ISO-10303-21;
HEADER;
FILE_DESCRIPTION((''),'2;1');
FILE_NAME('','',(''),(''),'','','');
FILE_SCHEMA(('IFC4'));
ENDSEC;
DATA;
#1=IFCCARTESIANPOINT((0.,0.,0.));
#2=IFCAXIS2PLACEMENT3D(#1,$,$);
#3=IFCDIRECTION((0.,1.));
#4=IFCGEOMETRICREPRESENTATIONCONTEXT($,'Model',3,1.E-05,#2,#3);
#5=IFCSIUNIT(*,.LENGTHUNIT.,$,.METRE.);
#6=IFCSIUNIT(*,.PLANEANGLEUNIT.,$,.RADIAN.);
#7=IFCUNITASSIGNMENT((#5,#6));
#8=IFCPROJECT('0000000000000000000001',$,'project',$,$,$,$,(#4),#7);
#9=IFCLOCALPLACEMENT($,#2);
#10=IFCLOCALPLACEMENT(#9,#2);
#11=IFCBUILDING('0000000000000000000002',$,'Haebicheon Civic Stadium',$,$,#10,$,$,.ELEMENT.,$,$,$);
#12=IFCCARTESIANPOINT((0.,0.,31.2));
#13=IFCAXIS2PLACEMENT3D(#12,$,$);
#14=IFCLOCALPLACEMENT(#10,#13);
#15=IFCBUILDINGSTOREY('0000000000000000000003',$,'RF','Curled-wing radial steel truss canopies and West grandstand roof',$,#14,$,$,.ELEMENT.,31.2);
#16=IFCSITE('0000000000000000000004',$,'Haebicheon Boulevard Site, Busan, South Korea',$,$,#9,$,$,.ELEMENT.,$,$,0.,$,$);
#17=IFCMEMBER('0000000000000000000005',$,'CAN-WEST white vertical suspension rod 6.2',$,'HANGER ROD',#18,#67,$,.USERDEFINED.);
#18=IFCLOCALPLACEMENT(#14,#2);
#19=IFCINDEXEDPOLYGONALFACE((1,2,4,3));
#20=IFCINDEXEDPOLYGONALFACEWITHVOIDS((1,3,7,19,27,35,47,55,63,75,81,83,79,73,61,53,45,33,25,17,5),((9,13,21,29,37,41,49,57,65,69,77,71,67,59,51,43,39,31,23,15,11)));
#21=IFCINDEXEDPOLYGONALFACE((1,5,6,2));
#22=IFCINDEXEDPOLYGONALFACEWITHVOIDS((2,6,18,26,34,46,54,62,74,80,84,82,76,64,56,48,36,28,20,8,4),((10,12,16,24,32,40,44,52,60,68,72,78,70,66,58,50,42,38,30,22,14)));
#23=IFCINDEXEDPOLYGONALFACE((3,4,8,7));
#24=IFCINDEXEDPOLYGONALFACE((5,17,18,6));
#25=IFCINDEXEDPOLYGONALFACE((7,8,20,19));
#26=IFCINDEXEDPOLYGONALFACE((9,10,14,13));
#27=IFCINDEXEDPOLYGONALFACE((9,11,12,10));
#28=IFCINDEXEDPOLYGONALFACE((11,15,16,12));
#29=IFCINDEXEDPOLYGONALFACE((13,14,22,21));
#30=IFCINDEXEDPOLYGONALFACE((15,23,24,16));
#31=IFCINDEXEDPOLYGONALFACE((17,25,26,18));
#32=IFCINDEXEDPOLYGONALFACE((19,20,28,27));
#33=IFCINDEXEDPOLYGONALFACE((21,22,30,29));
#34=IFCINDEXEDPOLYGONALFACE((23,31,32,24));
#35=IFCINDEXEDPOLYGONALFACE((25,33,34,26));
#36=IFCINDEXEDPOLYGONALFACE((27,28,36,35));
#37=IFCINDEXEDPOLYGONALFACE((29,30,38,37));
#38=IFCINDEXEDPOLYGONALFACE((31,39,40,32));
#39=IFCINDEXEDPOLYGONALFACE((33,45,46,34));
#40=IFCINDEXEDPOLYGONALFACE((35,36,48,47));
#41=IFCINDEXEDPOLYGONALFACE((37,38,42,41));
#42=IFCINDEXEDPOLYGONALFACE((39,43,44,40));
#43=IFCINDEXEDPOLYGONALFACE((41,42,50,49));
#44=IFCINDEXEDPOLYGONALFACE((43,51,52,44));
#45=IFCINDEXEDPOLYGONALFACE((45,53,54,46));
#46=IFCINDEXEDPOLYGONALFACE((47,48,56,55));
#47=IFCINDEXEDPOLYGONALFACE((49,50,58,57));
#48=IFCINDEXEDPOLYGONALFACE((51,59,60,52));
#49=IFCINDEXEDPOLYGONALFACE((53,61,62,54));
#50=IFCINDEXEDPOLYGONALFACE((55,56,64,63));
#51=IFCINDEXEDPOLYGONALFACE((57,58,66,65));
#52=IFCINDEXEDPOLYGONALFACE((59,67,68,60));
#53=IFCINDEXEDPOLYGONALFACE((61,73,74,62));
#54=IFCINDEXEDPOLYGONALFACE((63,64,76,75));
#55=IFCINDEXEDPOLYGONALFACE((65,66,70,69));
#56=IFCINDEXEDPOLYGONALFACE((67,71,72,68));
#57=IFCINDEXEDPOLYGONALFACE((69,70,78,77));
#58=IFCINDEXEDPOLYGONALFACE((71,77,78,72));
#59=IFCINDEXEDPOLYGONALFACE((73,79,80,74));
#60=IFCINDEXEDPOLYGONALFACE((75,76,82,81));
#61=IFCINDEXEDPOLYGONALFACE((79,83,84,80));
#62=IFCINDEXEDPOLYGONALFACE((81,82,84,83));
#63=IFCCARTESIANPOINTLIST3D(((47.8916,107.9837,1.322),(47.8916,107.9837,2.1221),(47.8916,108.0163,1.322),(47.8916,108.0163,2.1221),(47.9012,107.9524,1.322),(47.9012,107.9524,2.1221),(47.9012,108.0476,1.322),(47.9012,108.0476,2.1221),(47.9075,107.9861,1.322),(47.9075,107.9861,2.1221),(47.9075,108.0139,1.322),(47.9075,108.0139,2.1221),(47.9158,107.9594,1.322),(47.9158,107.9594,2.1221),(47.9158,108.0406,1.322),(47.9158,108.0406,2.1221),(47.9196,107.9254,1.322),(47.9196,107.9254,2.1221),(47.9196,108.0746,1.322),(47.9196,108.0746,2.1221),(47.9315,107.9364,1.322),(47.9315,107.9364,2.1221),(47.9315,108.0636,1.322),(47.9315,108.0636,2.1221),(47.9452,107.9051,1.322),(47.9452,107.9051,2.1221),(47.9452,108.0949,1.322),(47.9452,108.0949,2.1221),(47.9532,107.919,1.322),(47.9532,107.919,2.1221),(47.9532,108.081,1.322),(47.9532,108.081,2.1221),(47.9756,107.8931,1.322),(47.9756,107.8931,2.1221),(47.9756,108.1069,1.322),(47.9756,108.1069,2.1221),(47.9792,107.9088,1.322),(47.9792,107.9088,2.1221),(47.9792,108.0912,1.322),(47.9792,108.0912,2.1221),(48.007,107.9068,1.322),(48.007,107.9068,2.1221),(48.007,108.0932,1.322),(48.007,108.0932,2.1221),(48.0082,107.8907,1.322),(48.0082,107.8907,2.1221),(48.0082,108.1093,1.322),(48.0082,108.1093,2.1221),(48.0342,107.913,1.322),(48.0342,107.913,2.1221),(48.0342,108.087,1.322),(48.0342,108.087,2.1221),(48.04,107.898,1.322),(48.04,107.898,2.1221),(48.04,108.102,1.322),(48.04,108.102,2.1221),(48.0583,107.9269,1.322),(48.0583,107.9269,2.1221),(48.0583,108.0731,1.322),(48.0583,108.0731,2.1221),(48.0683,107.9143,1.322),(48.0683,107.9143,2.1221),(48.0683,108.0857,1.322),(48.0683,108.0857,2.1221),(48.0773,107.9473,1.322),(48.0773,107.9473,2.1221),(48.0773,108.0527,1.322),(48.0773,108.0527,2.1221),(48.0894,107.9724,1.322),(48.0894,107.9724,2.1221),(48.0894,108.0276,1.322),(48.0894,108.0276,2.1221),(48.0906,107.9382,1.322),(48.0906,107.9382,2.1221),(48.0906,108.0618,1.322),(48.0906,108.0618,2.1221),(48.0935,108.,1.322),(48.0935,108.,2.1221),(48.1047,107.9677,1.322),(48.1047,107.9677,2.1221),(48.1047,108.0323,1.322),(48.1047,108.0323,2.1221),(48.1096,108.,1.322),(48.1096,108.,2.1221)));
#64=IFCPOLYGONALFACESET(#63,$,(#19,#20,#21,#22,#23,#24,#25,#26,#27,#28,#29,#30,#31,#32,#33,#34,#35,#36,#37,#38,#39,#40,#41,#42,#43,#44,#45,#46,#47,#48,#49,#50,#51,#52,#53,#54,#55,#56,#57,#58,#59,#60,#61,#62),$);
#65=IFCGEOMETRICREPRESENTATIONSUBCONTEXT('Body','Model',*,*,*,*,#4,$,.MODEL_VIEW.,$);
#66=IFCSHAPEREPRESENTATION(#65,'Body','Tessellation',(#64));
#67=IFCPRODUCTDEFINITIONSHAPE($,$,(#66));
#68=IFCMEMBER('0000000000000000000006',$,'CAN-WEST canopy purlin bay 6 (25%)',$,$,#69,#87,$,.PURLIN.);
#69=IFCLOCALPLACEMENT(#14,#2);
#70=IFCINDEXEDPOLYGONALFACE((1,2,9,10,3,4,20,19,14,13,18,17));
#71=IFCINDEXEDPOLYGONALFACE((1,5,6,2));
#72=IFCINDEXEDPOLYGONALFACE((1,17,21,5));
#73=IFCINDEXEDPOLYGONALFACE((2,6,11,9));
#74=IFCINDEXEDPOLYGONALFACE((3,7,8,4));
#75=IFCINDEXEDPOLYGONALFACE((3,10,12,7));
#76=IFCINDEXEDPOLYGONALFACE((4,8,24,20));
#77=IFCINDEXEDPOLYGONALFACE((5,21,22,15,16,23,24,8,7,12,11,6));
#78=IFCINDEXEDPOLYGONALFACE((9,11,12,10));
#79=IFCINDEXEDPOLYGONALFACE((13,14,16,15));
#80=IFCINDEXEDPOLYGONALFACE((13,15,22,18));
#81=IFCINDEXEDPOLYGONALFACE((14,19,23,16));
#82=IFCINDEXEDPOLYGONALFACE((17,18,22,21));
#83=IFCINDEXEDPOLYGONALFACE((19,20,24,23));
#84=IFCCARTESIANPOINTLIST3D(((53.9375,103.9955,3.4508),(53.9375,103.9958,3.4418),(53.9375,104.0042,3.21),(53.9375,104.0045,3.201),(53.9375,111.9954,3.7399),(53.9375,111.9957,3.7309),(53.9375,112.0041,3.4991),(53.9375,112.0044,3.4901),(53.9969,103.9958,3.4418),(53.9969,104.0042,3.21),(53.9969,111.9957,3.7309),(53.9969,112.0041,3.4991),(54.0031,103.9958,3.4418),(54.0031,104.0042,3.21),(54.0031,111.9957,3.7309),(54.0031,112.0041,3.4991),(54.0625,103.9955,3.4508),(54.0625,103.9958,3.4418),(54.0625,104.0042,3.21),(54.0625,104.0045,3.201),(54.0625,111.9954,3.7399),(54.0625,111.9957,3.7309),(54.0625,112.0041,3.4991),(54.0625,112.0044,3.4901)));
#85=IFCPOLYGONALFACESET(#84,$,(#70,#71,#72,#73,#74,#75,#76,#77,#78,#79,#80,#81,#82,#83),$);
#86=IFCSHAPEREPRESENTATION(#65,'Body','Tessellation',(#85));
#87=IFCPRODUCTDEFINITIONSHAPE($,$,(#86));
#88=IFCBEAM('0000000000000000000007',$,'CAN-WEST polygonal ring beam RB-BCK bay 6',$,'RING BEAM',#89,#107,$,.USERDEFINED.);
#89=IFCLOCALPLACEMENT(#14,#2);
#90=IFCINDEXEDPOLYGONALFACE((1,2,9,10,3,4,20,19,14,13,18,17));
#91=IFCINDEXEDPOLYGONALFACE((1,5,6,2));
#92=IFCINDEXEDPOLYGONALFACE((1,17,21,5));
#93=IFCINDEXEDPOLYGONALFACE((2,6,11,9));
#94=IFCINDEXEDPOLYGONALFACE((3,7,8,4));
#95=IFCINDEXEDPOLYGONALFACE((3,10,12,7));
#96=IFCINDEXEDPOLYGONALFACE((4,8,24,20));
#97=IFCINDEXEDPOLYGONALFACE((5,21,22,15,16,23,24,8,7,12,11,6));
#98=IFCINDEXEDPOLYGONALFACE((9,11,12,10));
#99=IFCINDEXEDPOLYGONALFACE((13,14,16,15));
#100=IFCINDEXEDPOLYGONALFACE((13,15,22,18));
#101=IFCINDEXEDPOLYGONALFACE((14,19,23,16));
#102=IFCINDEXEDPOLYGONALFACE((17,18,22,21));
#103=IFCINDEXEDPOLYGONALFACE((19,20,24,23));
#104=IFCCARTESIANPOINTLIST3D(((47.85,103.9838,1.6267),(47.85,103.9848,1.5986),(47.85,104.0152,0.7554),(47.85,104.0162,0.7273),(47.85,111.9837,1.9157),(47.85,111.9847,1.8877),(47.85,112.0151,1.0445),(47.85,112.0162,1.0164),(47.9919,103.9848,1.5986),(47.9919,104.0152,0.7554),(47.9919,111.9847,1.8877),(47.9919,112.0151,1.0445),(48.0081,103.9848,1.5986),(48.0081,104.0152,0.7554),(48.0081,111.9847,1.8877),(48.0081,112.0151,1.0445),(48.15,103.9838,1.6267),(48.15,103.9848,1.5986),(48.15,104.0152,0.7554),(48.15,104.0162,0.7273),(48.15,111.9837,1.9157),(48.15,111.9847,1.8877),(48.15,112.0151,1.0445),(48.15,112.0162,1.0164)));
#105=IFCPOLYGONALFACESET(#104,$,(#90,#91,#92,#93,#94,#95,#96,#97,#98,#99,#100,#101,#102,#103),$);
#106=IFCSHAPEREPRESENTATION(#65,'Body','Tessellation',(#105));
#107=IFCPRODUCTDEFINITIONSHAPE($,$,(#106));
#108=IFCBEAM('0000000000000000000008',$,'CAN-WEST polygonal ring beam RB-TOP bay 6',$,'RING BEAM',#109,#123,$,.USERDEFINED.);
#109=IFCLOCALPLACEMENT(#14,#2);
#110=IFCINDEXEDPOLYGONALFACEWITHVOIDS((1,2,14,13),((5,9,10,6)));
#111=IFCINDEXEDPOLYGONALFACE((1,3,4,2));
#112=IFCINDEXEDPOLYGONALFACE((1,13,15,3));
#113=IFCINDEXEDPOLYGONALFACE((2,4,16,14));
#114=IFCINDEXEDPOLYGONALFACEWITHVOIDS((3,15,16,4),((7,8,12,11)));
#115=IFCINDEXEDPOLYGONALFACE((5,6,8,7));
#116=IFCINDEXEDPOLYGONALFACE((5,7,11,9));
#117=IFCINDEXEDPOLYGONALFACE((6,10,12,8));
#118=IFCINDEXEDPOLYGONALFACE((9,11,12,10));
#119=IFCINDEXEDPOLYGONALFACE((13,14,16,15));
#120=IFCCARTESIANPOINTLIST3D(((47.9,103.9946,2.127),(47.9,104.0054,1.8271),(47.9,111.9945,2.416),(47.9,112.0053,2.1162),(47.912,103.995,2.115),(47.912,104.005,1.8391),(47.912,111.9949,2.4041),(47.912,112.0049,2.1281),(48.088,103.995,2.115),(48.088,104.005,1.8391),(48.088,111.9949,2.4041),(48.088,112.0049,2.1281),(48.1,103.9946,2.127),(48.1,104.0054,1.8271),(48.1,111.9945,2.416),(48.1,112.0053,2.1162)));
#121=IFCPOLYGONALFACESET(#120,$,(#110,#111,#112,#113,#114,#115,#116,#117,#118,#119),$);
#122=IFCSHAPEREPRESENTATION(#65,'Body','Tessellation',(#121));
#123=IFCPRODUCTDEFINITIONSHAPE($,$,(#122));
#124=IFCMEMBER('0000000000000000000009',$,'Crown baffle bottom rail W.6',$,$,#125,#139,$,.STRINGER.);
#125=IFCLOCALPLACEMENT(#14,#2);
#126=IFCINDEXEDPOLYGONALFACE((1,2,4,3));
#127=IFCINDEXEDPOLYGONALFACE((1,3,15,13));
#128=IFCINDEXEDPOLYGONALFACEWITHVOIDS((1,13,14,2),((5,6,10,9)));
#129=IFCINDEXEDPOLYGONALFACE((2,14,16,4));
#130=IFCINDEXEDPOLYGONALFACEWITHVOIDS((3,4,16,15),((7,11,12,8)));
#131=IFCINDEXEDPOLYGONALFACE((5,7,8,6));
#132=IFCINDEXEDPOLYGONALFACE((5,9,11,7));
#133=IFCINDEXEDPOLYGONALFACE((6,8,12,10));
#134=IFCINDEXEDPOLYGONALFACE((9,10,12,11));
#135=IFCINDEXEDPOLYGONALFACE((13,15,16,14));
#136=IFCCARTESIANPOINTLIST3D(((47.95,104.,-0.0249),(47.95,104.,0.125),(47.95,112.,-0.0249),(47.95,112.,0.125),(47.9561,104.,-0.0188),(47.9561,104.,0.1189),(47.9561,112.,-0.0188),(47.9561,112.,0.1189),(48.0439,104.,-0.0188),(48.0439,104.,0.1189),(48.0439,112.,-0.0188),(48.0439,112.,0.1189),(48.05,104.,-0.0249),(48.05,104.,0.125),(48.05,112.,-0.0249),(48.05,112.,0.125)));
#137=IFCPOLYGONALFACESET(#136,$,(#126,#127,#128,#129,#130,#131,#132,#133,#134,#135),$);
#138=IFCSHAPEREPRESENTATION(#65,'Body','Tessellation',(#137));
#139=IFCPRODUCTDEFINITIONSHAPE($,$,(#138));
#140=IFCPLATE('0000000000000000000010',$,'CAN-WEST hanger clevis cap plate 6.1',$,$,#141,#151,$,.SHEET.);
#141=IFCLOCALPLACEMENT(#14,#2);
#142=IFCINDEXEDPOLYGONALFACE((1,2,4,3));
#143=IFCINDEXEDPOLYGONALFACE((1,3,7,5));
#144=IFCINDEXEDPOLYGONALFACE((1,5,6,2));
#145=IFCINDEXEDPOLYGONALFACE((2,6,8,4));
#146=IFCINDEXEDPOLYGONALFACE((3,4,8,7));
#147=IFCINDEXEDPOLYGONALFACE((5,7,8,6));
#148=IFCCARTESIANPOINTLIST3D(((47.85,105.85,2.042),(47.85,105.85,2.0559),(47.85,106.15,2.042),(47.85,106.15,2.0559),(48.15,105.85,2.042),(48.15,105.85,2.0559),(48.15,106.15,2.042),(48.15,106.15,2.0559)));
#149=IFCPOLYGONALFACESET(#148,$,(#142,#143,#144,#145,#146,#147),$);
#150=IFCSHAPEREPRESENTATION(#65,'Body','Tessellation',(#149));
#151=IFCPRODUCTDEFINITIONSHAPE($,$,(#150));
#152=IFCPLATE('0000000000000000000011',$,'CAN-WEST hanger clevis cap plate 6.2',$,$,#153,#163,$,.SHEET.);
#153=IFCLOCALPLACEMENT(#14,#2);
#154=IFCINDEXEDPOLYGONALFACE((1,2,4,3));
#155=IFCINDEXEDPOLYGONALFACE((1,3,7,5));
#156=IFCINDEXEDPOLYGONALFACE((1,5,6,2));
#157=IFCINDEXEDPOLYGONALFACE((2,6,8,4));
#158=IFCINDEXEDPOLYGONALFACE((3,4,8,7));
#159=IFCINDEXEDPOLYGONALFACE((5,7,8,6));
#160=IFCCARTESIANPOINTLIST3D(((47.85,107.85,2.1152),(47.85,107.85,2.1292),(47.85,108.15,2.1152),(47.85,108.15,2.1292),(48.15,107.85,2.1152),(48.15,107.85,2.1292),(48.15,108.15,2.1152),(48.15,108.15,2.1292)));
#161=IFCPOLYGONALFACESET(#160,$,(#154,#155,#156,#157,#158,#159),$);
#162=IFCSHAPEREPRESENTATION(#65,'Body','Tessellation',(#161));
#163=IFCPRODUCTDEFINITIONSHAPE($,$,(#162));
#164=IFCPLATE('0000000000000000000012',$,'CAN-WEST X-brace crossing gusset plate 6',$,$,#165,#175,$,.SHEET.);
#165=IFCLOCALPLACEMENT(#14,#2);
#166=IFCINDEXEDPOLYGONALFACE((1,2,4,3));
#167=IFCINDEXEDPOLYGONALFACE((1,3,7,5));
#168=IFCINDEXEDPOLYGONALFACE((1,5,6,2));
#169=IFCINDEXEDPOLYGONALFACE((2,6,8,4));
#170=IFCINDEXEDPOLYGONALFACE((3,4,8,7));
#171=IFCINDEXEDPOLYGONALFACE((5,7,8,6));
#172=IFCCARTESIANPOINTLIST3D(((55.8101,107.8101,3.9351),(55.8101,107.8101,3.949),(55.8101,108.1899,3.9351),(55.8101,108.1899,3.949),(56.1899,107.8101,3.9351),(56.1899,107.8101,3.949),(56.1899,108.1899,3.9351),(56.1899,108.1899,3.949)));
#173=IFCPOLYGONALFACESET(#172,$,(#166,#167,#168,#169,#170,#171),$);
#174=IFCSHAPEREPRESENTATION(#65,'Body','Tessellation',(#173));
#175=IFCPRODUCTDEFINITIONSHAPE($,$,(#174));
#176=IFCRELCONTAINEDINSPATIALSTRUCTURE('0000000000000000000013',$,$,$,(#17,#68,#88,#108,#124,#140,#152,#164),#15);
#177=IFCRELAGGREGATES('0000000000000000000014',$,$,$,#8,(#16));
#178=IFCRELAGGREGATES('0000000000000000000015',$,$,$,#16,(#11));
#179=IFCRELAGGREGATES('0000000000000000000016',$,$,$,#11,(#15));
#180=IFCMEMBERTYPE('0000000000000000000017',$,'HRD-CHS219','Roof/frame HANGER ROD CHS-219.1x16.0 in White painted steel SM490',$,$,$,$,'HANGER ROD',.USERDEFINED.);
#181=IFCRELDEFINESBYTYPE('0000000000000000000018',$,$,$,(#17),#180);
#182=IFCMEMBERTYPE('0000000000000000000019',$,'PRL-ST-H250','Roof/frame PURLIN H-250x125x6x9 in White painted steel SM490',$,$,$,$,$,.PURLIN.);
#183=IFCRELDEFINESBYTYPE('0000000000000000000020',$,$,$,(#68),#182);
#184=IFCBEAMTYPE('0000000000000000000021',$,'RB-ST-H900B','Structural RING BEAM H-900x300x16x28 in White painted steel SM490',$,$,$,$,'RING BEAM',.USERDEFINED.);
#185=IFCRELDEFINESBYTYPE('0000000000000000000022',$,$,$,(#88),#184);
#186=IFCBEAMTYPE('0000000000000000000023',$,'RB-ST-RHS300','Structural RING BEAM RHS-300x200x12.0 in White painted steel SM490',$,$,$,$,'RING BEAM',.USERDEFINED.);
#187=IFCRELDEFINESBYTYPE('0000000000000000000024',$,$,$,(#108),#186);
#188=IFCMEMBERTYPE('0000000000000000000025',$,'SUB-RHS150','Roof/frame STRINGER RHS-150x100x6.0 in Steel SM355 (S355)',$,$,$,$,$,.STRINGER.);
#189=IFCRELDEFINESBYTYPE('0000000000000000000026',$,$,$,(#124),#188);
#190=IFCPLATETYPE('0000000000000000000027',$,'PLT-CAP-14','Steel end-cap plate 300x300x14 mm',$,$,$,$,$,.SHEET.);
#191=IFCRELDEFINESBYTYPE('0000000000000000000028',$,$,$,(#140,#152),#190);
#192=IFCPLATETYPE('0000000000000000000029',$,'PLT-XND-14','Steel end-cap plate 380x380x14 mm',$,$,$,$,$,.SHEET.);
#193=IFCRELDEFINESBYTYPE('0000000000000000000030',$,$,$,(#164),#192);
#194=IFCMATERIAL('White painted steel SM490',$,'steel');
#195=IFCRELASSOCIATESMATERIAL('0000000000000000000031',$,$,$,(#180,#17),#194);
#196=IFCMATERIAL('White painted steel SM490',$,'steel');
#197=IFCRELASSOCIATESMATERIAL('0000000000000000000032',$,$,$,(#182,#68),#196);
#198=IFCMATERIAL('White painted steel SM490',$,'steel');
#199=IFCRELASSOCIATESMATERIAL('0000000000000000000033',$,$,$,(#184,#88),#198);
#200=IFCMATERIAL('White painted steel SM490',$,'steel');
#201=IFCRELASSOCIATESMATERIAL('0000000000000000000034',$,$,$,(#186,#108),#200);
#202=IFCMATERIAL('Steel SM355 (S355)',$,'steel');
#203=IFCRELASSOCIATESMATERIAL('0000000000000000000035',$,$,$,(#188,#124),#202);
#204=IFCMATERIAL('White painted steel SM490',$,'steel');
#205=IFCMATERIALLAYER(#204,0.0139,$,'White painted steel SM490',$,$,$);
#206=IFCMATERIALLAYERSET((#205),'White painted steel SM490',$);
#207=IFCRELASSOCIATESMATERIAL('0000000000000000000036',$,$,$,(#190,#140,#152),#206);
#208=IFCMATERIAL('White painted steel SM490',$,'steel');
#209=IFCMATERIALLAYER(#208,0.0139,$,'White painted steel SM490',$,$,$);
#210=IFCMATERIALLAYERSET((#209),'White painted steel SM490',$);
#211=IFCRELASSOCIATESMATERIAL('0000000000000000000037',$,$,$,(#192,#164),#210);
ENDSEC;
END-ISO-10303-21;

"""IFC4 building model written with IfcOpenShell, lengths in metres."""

from ifc_helpers import new_model, si_unit, direction, frame, origin, origin_2d, place, context, subcontext, project, spatial, rectangle, hollow_rectangle, hollow_circle, i_section, extrude, material, layer, layer_set, material_profile, profile_set, type_object, element, save


model = new_model("IFC4")

# Units and contexts
model_context = context("Model", 3, precision=1e-05, world=origin(), true_north=direction((0.0, 1.0)))
body_context = subcontext(model_context, "Body", "Model", "MODEL_VIEW")
ifc_project = project(units=[si_unit("LENGTHUNIT", "METRE"), si_unit("PLANEANGLEUNIT", "RADIAN")], contexts=[model_context])

# Site, building, storey
site_placement = place(None, origin())
site = spatial("IfcSite", under=ifc_project, at=site_placement, Name="Haebicheon Boulevard Site, Busan, South Korea", CompositionType="ELEMENT", RefElevation=0.0)
building_placement = place(site_placement, origin())
building = spatial("IfcBuilding", under=site, at=building_placement, Name="Haebicheon Civic Stadium", CompositionType="ELEMENT")
storey_placement = place(building_placement, frame((0.0, 0.0, 31.2)))
storey = spatial("IfcBuildingStorey", under=building, at=storey_placement, Name="RF", Description="Curled-wing radial steel truss canopies and West grandstand roof", CompositionType="ELEMENT", Elevation=31.2)

# Members
ifc_material_1 = material(Name="White painted steel SM490", Category="steel")
ifc_material_profile_1 = material_profile(ifc_material_1, hollow_circle(Radius=0.1096, WallThickness=0.0161, at=origin_2d()), Name="CHS-219.1x16.0")
ifc_profile_set_1 = profile_set([ifc_material_profile_1], Name="White painted steel SM490")
member_type_1 = type_object("IfcMemberType", Name="HRD-CHS219", Description="Roof/frame HANGER ROD CHS-219.1x16.0 in White painted steel SM490", ElementType="HANGER ROD", PredefinedType="USERDEFINED", material=ifc_profile_set_1)
for number, where, z_axis, x_axis, name in (
    (1, (48.0, 108.0, 1.322), (0.0, 0.0, 1.0), (1.0, 0.0, 0.0), "CAN-WEST white vertical suspension rod 6.2"),
):
    element("IfcMember", number, at=place(storey_placement, frame(where, z_axis=z_axis, x_axis=x_axis)), inside=storey, type_object=member_type_1, material=ifc_profile_set_1, Name=name, ObjectType="HANGER ROD", PredefinedType="USERDEFINED", context=body_context, shape_type="SweptSolid", body=[
        extrude(hollow_circle(Radius=0.1096, WallThickness=0.0161, at=origin_2d()), origin(), (0.0, 0.0, 1.0), 0.8),
    ])
ifc_material_2 = material(Name="White painted steel SM490", Category="steel")
ifc_material_profile_2 = material_profile(ifc_material_2, i_section(OverallWidth=0.125, OverallDepth=0.25, WebThickness=0.0061, FlangeThickness=0.009, at=origin_2d()), Name="H-250x125x6x9")
ifc_profile_set_2 = profile_set([ifc_material_profile_2], Name="White painted steel SM490")
member_type_2 = type_object("IfcMemberType", Name="PRL-ST-H250", Description="Roof/frame PURLIN H-250x125x6x9 in White painted steel SM490", PredefinedType="PURLIN", material=ifc_profile_set_2)
member_1_placement = place(storey_placement, frame((54.0, 104.0, 3.3259), z_axis=(0.0, 0.999348, 0.036109), x_axis=(-1.0, 0.0, 0.0)))
element("IfcMember", 2, at=member_1_placement, inside=storey, type_object=member_type_2, material=ifc_profile_set_2, Name="CAN-WEST canopy purlin bay 6 (25%)", PredefinedType="PURLIN", context=body_context, shape_type="SweptSolid", body=[
    extrude(i_section(OverallWidth=0.125, OverallDepth=0.25, WebThickness=0.0061, FlangeThickness=0.009, at=origin_2d()), origin(), (0.0, 0.0, 1.0), 8.0051),
])

# Beams
ifc_material_3 = material(Name="White painted steel SM490", Category="steel")
ifc_material_profile_3 = material_profile(ifc_material_3, i_section(OverallWidth=0.3, OverallDepth=0.8999, WebThickness=0.0161, FlangeThickness=0.0281, at=origin_2d()), Name="H-900x300x16x28")
ifc_profile_set_3 = profile_set([ifc_material_profile_3], Name="White painted steel SM490")
beam_type_1 = type_object("IfcBeamType", Name="RB-ST-H900B", Description="Structural RING BEAM H-900x300x16x28 in White painted steel SM490", ElementType="RING BEAM", PredefinedType="USERDEFINED", material=ifc_profile_set_3)
beam_1_placement = place(storey_placement, frame((48.0, 104.0, 1.177), z_axis=(0.0, 0.999348, 0.036109), x_axis=(-1.0, 0.0, 0.0)))
element("IfcBeam", 3, at=beam_1_placement, inside=storey, type_object=beam_type_1, material=ifc_profile_set_3, Name="CAN-WEST polygonal ring beam RB-BCK bay 6", ObjectType="RING BEAM", PredefinedType="USERDEFINED", context=body_context, shape_type="SweptSolid", body=[
    extrude(i_section(OverallWidth=0.3, OverallDepth=0.8999, WebThickness=0.0161, FlangeThickness=0.0281, at=origin_2d()), origin(), (0.0, 0.0, 1.0), 8.0051),
])
ifc_material_4 = material(Name="White painted steel SM490", Category="steel")
ifc_material_profile_4 = material_profile(ifc_material_4, hollow_rectangle(XDim=0.2, YDim=0.3, WallThickness=0.012, at=origin_2d()), Name="RHS-300x200x12.0")
ifc_profile_set_4 = profile_set([ifc_material_profile_4], Name="White painted steel SM490")
beam_type_2 = type_object("IfcBeamType", Name="RB-ST-RHS300", Description="Structural RING BEAM RHS-300x200x12.0 in White painted steel SM490", ElementType="RING BEAM", PredefinedType="USERDEFINED", material=ifc_profile_set_4)
beam_2_placement = place(storey_placement, frame((48.0, 104.0, 1.9771), z_axis=(0.0, 0.999348, 0.036109), x_axis=(-1.0, 0.0, 0.0)))
element("IfcBeam", 4, at=beam_2_placement, inside=storey, type_object=beam_type_2, material=ifc_profile_set_4, Name="CAN-WEST polygonal ring beam RB-TOP bay 6", ObjectType="RING BEAM", PredefinedType="USERDEFINED", context=body_context, shape_type="SweptSolid", body=[
    extrude(hollow_rectangle(XDim=0.2, YDim=0.3, WallThickness=0.012, at=origin_2d()), origin(), (0.0, 0.0, 1.0), 8.0051),
])

# Member
ifc_material_5 = material(Name="Steel SM355 (S355)", Category="steel")
ifc_material_profile_5 = material_profile(ifc_material_5, hollow_rectangle(XDim=0.1001, YDim=0.1499, WallThickness=0.0061, at=origin_2d()), Name="RHS-150x100x6.0")
ifc_profile_set_5 = profile_set([ifc_material_profile_5], Name="Steel SM355 (S355)")
member_type_3 = type_object("IfcMemberType", Name="SUB-RHS150", Description="Roof/frame STRINGER RHS-150x100x6.0 in Steel SM355 (S355)", PredefinedType="STRINGER", material=ifc_profile_set_5)
member_2_placement = place(storey_placement, frame((48.0, 104.0, 0.05), z_axis=(0.0, 1.0, 0.0), x_axis=(-1.0, 0.0, 0.0)))
element("IfcMember", 5, at=member_2_placement, inside=storey, type_object=member_type_3, material=ifc_profile_set_5, Name="Crown baffle bottom rail W.6", PredefinedType="STRINGER", context=body_context, shape_type="SweptSolid", body=[
    extrude(hollow_rectangle(XDim=0.1001, YDim=0.1499, WallThickness=0.0061, at=origin_2d()), origin(), (0.0, 0.0, 1.0), 8.0),
])

# Plates
ifc_material_6 = material(Name="White painted steel SM490", Category="steel")
ifc_layer_1 = layer(ifc_material_6, 0.0139, Name="White painted steel SM490")
ifc_layer_set_1 = layer_set([ifc_layer_1], Name="White painted steel SM490")
plate_type_1 = type_object("IfcPlateType", Name="PLT-CAP-14", Description="Steel end-cap plate 300x300x14 mm", PredefinedType="SHEET", material=ifc_layer_set_1)
for number, where, z_axis, x_axis, name in (
    (6, (48.0, 106.0, 2.042), (0.0, 0.0, 1.0), (1.0, 0.0, 0.0), "CAN-WEST hanger clevis cap plate 6.1"),
    (7, (48.0, 108.0, 2.1152), (0.0, 0.0, 1.0), (1.0, 0.0, 0.0), "CAN-WEST hanger clevis cap plate 6.2"),
):
    element("IfcPlate", number, at=place(storey_placement, frame(where, z_axis=z_axis, x_axis=x_axis)), inside=storey, type_object=plate_type_1, material=ifc_layer_set_1, Name=name, PredefinedType="SHEET", context=body_context, shape_type="SweptSolid", body=[
        extrude(rectangle(XDim=0.3, YDim=0.3, at=origin_2d()), origin(), (0.0, 0.0, 1.0), 0.0139),
    ])
ifc_material_7 = material(Name="White painted steel SM490", Category="steel")
ifc_layer_2 = layer(ifc_material_7, 0.0139, Name="White painted steel SM490")
ifc_layer_set_2 = layer_set([ifc_layer_2], Name="White painted steel SM490")
plate_type_2 = type_object("IfcPlateType", Name="PLT-XND-14", Description="Steel end-cap plate 380x380x14 mm", PredefinedType="SHEET", material=ifc_layer_set_2)
plate_placement = place(storey_placement, frame((56.0, 108.0, 3.9351), z_axis=(0.0, 0.0, 1.0), x_axis=(1.0, 0.0, 0.0)))
element("IfcPlate", 8, at=plate_placement, inside=storey, type_object=plate_type_2, material=ifc_layer_set_2, Name="CAN-WEST X-brace crossing gusset plate 6", PredefinedType="SHEET", context=body_context, shape_type="SweptSolid", body=[
    extrude(rectangle(XDim=0.3799, YDim=0.3799, at=origin_2d()), origin(), (0.0, 0.0, 1.0), 0.0139),
])

save(model, "model.ifc")
